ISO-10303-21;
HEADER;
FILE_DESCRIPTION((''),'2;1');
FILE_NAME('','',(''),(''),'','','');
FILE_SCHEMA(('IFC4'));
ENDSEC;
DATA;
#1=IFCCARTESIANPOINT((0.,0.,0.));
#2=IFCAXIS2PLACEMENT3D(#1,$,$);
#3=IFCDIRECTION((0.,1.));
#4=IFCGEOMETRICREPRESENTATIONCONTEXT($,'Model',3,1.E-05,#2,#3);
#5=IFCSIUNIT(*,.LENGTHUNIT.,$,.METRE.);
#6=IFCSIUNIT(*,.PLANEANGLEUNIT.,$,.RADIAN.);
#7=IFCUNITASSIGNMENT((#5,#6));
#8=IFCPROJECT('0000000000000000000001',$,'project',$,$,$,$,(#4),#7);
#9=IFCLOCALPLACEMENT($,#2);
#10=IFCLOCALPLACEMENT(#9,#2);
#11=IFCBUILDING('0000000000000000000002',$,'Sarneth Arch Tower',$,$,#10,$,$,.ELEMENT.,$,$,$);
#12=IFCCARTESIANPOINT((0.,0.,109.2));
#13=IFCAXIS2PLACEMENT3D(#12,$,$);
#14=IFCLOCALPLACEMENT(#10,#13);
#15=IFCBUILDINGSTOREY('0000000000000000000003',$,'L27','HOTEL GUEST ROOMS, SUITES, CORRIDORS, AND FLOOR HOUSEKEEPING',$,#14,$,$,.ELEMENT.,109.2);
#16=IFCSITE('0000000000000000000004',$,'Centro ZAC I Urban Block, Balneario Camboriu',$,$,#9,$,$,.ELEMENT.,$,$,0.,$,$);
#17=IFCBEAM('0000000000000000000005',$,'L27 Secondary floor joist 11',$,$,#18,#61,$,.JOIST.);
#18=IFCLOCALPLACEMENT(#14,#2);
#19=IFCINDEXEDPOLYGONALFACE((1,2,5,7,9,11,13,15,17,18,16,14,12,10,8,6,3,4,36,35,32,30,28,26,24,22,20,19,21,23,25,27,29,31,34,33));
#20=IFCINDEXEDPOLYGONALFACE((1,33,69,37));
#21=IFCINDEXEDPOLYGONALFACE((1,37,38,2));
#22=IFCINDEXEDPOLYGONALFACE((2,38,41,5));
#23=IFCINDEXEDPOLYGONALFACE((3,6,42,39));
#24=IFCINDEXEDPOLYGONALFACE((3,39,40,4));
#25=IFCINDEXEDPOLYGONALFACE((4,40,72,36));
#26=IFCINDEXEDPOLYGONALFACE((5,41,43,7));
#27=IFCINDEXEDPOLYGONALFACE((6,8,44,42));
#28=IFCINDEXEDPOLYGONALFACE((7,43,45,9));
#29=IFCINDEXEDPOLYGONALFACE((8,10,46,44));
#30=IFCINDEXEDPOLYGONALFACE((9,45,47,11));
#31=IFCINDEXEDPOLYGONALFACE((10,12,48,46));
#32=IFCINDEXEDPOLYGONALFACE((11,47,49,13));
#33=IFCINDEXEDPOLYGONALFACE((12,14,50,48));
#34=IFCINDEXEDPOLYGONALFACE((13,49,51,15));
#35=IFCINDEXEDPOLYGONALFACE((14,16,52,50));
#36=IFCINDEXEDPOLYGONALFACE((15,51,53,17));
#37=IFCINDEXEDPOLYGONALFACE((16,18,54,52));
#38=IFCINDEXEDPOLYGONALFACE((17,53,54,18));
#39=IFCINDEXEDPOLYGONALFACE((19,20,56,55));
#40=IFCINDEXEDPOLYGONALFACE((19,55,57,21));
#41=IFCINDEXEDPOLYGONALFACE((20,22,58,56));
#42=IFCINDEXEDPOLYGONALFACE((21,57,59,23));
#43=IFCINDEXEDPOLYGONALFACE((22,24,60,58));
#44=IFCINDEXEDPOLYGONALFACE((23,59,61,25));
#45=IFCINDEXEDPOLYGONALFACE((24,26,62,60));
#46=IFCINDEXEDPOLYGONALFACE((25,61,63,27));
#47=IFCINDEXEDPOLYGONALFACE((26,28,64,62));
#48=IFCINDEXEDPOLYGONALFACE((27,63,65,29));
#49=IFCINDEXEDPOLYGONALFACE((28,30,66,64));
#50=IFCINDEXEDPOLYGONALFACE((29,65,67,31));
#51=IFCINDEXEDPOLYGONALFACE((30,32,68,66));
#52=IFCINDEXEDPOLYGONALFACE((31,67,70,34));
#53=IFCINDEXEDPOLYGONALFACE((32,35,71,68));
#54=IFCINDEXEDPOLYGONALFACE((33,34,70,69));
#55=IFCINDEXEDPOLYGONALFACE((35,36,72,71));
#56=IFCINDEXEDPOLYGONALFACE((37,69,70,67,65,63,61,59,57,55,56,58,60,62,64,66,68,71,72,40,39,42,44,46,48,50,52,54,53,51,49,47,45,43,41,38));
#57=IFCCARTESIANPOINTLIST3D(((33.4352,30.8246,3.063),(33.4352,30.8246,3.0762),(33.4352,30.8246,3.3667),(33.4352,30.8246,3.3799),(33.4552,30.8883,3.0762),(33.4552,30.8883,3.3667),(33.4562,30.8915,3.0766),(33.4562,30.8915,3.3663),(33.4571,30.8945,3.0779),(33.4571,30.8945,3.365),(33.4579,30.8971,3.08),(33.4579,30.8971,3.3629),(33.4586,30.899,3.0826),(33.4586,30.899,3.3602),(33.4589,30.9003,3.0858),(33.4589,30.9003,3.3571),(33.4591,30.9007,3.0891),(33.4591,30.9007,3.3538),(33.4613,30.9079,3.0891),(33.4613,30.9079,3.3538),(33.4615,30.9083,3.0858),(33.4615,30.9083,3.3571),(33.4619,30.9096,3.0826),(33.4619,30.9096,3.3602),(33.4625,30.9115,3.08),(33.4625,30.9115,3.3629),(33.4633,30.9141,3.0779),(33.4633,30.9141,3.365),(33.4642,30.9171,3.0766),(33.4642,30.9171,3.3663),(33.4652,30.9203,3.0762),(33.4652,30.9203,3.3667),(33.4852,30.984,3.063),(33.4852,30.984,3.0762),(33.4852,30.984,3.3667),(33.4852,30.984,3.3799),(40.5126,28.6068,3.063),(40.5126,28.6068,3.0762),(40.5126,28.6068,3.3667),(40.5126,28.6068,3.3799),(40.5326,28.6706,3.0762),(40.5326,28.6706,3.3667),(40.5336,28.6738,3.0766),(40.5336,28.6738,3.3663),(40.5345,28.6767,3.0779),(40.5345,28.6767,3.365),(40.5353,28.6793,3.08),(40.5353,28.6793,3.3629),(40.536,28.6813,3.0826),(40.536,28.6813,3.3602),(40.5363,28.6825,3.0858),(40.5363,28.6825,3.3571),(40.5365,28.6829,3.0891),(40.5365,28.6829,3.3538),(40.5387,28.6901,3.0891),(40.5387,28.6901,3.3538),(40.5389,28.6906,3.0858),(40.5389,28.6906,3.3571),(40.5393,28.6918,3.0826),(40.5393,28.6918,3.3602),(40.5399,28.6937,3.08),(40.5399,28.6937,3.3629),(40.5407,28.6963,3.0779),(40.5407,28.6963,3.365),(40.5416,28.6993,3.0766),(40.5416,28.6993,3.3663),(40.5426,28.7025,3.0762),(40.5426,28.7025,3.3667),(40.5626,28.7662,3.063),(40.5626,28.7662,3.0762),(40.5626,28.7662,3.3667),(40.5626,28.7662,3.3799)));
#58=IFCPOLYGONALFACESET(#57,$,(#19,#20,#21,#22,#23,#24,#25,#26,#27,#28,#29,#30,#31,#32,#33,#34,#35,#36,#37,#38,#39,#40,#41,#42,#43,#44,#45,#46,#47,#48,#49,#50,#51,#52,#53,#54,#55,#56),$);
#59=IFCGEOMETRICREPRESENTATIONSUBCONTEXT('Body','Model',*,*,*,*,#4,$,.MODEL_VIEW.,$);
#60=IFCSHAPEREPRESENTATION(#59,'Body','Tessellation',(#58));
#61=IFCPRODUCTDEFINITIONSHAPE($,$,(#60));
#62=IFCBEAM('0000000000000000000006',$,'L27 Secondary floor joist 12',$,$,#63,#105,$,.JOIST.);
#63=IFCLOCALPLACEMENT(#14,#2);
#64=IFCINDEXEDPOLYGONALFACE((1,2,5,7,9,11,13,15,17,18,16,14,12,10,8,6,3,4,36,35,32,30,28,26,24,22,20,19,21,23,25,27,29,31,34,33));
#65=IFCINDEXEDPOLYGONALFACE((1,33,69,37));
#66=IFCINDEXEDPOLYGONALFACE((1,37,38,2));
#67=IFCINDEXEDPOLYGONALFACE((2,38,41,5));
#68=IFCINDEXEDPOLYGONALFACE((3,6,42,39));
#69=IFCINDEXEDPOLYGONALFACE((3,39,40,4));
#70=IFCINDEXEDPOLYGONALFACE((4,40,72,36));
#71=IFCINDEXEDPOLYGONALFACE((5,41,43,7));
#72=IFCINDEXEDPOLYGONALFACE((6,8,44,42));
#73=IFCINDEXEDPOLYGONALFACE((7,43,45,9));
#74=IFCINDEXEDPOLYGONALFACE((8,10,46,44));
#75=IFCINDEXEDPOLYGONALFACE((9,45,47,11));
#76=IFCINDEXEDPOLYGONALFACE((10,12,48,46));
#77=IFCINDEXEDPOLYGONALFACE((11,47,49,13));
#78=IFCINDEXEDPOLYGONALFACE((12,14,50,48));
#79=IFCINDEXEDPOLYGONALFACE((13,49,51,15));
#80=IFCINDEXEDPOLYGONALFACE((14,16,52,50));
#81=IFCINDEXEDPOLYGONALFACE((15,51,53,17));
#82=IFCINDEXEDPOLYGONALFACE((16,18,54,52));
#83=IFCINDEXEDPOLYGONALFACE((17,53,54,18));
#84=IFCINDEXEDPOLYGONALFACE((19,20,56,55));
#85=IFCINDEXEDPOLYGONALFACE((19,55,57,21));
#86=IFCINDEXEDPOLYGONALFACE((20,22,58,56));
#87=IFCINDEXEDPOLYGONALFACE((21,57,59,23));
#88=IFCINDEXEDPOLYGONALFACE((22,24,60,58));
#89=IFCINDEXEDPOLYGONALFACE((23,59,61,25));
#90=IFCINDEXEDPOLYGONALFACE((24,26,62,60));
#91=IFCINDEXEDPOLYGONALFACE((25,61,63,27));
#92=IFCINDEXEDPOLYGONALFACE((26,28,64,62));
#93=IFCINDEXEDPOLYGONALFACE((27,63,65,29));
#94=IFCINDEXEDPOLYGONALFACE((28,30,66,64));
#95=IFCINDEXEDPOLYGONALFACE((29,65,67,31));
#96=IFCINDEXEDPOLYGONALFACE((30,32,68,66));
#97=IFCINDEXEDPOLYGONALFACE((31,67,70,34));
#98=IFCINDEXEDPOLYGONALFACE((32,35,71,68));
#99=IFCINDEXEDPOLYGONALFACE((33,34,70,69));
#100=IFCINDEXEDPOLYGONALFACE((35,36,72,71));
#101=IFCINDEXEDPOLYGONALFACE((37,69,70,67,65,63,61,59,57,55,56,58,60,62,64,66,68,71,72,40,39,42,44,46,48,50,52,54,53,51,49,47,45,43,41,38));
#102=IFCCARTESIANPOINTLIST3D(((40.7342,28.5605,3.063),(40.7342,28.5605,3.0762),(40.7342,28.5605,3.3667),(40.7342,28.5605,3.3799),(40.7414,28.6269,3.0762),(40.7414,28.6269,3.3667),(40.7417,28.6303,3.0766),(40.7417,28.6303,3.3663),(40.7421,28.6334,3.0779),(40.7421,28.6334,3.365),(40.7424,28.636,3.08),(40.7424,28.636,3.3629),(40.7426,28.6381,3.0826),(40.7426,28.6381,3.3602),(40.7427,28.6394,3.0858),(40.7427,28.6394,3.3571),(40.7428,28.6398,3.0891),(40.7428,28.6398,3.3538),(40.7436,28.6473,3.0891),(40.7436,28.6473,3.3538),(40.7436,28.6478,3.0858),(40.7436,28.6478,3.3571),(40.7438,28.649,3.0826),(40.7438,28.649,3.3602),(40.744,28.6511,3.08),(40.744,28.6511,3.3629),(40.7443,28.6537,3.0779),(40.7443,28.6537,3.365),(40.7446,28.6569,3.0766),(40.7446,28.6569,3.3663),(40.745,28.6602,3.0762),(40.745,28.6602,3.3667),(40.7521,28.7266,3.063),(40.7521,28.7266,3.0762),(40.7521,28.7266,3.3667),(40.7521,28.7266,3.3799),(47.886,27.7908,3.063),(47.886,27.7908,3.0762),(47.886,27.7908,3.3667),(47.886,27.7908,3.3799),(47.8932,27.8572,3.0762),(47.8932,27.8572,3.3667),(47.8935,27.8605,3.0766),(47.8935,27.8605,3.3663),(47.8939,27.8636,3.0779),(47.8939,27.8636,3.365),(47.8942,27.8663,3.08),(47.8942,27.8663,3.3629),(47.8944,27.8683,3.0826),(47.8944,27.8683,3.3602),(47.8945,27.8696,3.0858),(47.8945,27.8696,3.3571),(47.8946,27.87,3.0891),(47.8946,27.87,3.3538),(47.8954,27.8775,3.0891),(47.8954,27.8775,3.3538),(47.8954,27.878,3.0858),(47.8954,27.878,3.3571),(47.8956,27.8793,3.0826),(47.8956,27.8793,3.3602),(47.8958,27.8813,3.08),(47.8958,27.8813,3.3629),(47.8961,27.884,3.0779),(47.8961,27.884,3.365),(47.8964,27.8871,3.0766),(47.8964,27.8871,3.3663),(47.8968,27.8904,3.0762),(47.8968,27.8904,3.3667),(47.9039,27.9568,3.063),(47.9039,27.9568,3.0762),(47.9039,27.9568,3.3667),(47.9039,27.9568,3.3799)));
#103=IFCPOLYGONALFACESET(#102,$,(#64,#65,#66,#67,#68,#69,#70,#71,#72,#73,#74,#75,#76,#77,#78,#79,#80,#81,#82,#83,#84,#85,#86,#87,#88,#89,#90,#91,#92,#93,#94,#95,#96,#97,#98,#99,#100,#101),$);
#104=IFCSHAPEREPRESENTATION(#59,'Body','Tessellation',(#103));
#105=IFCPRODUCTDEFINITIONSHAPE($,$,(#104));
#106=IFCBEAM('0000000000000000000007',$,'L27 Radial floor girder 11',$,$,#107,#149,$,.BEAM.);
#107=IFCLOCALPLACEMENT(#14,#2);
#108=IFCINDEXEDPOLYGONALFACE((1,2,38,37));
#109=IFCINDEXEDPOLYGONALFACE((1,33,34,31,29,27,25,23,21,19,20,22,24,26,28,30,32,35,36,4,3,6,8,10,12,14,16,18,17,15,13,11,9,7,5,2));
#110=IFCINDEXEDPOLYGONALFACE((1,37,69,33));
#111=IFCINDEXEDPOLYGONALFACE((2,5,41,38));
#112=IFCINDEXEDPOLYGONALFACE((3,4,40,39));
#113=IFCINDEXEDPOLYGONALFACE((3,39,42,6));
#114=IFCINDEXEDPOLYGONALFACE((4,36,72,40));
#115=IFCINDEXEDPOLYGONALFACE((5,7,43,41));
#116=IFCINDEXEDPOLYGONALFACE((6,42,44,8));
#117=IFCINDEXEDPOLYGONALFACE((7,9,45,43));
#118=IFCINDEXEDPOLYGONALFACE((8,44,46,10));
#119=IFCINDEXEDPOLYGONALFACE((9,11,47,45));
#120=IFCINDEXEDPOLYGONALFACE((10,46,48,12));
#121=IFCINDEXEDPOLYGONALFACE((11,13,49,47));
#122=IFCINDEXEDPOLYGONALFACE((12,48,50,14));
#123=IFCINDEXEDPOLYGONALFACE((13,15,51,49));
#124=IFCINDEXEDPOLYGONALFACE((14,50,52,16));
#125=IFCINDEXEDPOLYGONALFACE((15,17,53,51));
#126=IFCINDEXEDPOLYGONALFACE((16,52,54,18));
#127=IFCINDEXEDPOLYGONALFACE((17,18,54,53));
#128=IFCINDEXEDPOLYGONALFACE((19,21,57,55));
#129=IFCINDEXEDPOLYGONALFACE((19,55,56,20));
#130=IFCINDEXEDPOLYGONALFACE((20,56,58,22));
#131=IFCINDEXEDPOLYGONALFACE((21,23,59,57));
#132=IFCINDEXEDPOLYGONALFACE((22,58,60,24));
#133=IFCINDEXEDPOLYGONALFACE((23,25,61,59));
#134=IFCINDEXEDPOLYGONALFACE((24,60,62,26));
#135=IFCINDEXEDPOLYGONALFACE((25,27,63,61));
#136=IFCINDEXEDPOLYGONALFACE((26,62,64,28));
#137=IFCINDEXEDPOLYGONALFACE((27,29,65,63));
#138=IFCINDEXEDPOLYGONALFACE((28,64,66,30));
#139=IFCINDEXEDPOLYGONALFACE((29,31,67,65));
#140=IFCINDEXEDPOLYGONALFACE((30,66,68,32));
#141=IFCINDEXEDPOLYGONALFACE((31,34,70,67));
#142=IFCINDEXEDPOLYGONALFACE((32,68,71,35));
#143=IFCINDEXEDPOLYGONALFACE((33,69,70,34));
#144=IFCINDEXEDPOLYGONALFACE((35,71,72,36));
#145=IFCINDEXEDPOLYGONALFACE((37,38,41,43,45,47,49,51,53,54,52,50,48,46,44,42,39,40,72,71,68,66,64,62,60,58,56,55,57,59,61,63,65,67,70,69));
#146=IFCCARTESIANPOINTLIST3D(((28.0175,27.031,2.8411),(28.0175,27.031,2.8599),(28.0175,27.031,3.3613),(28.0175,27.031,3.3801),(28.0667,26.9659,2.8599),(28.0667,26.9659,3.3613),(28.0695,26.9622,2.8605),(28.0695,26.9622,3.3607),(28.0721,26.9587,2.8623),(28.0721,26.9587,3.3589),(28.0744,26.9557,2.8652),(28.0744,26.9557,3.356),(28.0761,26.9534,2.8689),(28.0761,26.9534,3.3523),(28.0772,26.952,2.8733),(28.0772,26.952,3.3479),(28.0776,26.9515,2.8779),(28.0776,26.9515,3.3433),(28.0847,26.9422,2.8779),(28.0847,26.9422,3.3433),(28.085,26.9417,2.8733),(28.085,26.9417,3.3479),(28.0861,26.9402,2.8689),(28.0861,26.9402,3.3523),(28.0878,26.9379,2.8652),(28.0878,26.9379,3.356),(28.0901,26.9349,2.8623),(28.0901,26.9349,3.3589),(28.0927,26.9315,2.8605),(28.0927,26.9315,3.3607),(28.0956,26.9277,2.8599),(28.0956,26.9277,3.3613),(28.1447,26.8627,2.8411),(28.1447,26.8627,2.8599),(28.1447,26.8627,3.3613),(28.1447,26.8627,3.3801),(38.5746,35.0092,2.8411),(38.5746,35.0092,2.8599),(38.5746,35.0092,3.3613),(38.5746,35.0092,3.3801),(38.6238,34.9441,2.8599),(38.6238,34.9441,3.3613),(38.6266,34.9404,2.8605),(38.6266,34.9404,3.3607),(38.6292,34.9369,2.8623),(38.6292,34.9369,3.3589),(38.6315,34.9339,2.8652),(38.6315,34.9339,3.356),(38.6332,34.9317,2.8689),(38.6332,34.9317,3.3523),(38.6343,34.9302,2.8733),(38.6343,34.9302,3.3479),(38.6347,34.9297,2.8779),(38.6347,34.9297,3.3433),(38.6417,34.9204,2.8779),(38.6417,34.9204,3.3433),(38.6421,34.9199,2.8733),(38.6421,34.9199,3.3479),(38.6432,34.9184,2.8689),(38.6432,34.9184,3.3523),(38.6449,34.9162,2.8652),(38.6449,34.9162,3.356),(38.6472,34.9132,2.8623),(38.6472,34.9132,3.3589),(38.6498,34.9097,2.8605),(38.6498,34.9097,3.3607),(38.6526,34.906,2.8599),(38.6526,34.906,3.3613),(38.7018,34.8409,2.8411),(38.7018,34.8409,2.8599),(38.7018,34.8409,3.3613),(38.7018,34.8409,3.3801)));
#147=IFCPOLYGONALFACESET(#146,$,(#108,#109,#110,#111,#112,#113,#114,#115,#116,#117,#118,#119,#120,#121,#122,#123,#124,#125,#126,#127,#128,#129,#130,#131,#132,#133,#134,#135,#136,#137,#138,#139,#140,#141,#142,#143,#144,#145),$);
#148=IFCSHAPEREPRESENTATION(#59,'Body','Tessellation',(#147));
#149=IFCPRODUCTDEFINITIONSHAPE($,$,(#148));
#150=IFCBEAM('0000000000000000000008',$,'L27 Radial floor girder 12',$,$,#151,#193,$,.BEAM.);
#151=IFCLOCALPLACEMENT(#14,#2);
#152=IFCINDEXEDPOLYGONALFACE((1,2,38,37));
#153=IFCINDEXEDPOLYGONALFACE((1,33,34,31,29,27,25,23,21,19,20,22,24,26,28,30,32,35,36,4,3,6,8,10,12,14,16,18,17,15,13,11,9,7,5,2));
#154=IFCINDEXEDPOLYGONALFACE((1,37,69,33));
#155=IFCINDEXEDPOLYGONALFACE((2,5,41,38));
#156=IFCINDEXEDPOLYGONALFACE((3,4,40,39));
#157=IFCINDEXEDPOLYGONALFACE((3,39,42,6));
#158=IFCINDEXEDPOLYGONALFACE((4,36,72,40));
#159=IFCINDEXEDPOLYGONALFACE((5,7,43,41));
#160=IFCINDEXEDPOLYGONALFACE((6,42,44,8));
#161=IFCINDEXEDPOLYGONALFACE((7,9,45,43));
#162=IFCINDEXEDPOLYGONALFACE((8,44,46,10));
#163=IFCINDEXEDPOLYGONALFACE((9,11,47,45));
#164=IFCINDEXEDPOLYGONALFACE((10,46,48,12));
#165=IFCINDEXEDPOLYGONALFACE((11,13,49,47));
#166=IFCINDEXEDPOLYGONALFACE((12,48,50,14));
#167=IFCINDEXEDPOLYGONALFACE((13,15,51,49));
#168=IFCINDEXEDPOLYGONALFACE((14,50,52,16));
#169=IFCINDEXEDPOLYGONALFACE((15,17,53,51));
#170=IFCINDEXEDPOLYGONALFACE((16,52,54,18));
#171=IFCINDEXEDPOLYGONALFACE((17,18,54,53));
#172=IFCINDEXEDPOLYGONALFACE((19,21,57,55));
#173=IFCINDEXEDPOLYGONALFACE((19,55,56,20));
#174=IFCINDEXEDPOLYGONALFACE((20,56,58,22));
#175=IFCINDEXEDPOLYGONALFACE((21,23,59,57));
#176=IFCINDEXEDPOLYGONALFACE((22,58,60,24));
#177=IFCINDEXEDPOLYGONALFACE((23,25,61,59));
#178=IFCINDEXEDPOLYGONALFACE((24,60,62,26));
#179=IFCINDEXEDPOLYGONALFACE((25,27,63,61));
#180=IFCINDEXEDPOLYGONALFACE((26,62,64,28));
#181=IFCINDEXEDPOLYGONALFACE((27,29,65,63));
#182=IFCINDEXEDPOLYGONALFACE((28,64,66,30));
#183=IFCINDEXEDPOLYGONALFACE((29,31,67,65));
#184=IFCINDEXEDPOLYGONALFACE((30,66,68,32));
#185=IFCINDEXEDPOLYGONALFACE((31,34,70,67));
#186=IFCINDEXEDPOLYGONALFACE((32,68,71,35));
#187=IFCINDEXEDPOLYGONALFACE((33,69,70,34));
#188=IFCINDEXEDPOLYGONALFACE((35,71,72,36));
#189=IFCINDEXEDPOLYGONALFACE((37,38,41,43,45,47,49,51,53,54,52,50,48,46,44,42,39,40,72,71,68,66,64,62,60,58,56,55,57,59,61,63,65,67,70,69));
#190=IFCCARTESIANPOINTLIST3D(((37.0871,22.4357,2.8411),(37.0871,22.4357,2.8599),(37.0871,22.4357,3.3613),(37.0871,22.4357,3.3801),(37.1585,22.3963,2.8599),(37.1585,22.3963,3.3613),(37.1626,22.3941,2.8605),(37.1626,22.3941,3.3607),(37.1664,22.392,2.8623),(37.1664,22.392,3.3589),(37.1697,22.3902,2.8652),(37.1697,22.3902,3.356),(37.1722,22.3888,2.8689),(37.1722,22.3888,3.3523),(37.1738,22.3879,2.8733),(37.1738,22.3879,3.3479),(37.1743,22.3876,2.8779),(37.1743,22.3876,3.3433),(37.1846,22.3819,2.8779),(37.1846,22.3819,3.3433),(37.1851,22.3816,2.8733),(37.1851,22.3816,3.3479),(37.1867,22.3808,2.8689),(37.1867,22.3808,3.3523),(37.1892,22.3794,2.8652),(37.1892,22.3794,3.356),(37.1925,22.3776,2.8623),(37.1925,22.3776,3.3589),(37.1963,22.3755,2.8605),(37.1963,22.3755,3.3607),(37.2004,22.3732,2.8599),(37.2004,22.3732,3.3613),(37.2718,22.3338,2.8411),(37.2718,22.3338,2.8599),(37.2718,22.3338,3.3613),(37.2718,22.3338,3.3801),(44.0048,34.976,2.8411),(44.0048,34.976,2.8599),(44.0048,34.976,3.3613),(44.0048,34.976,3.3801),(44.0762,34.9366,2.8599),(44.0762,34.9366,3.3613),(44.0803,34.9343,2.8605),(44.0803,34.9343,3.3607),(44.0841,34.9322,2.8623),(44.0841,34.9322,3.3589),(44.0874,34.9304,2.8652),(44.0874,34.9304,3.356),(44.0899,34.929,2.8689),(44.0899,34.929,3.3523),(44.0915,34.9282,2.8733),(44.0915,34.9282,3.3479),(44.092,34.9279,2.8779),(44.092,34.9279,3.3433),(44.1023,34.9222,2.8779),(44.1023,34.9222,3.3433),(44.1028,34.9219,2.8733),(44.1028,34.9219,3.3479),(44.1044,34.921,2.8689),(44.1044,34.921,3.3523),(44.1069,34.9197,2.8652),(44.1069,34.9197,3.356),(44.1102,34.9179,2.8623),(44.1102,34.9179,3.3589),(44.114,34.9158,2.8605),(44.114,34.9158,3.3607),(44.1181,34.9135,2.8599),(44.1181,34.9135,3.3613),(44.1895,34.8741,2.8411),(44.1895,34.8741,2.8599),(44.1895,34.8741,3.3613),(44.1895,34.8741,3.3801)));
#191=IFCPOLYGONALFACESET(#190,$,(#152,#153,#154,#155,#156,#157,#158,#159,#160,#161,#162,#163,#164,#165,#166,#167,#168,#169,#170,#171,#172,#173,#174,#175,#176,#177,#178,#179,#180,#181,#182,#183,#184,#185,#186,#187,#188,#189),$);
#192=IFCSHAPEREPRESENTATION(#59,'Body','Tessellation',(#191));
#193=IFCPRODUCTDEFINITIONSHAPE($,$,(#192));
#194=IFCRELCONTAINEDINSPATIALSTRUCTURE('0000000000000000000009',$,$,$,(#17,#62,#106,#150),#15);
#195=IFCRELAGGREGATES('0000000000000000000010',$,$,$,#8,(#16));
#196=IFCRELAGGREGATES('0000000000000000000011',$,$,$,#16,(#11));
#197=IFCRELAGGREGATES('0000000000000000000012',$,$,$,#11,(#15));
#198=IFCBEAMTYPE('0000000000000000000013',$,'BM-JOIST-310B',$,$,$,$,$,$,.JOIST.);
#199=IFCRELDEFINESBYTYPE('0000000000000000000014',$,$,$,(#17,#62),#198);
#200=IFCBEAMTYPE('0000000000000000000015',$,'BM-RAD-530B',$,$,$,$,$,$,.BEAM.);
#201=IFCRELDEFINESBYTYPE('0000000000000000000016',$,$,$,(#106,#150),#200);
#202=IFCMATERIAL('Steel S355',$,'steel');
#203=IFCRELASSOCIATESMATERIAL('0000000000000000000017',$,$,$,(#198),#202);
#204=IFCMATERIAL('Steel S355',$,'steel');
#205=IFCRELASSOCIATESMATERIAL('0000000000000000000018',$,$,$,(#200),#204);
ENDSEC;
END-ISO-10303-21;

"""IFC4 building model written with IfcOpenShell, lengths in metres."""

from ifc_helpers import new_model, si_unit, direction, frame, origin, origin_2d, place, context, subcontext, project, spatial, i_section, extrude, material, material_profile, profile_set, type_object, element, save


model = new_model("IFC4")

# Units and contexts
model_context = context("Model", 3, precision=1e-05, world=origin(), true_north=direction((0.0, 1.0)))
body_context = subcontext(model_context, "Body", "Model", "MODEL_VIEW")
ifc_project = project(units=[si_unit("LENGTHUNIT", "METRE"), si_unit("PLANEANGLEUNIT", "RADIAN")], contexts=[model_context])

# Site, building, storey
site_placement = place(None, origin())
site = spatial("IfcSite", under=ifc_project, at=site_placement, Name="Centro ZAC I Urban Block, Balneario Camboriu", CompositionType="ELEMENT", RefElevation=0.0)
building_placement = place(site_placement, origin())
building = spatial("IfcBuilding", under=site, at=building_placement, Name="Sarneth Arch Tower", CompositionType="ELEMENT")
storey_placement = place(building_placement, frame((0.0, 0.0, 109.2)))
storey = spatial("IfcBuildingStorey", under=building, at=storey_placement, Name="L27", Description="HOTEL GUEST ROOMS, SUITES, CORRIDORS, AND FLOOR HOUSEKEEPING", CompositionType="ELEMENT", Elevation=109.2)

# Beams
ifc_material_1 = material(Name="Steel S355", Category="steel")
ifc_material_profile_1 = material_profile(ifc_material_1, i_section(OverallWidth=0.167, OverallDepth=0.3169, WebThickness=0.0076, FlangeThickness=0.0132, FilletRadius=0.0129, at=origin_2d()), Name="W310x52")
ifc_profile_set_1 = profile_set([ifc_material_profile_1], Name="Steel S355")
beam_type_1 = type_object("IfcBeamType", Name="BM-JOIST-310B", PredefinedType="JOIST", material=ifc_profile_set_1)
beam_1_placement = place(storey_placement, frame((33.4602, 30.9043, 3.2214), z_axis=(0.954246, -0.299023, 0.0), x_axis=(0.299023, 0.954246, 0.0)))
element("IfcBeam", 1, at=beam_1_placement, inside=storey, type_object=beam_type_1, Name="L27 Secondary floor joist 11", PredefinedType="JOIST", context=body_context, shape_type="SweptSolid", body=[
    extrude(i_section(OverallWidth=0.167, OverallDepth=0.3169, WebThickness=0.0076, FlangeThickness=0.0132, FilletRadius=0.0129, at=origin_2d()), origin(), (0.0, 0.0, 1.0), 7.4167),
])
beam_2_placement = place(storey_placement, frame((40.7432, 28.6436, 3.2214), z_axis=(0.994257, -0.107015, 0.0), x_axis=(0.107015, 0.994257, 0.0)))
element("IfcBeam", 2, at=beam_2_placement, inside=storey, type_object=beam_type_1, Name="L27 Secondary floor joist 12", PredefinedType="JOIST", context=body_context, shape_type="SweptSolid", body=[
    extrude(i_section(OverallWidth=0.167, OverallDepth=0.3169, WebThickness=0.0076, FlangeThickness=0.0132, FilletRadius=0.0129, at=origin_2d()), origin(), (0.0, 0.0, 1.0), 7.1931),
])
ifc_material_2 = material(Name="Steel S355", Category="steel")
ifc_material_profile_2 = material_profile(ifc_material_2, i_section(OverallWidth=0.2109, OverallDepth=0.5391, WebThickness=0.0117, FlangeThickness=0.0188, FilletRadius=0.0181, at=origin_2d()), Name="W530x109")
ifc_profile_set_2 = profile_set([ifc_material_profile_2], Name="Steel S355")
beam_type_2 = type_object("IfcBeamType", Name="BM-RAD-530B", PredefinedType="BEAM", material=ifc_profile_set_2)
beam_3_placement = place(storey_placement, frame((38.6382, 34.925, 3.1106), z_axis=(-0.797803, -0.602918, 0.0), x_axis=(0.602918, -0.797803, 0.0)))
element("IfcBeam", 3, at=beam_3_placement, inside=storey, type_object=beam_type_2, Name="L27 Radial floor girder 11", PredefinedType="BEAM", context=body_context, shape_type="SweptSolid", body=[
    extrude(i_section(OverallWidth=0.2109, OverallDepth=0.5391, WebThickness=0.0117, FlangeThickness=0.0188, FilletRadius=0.0181, at=origin_2d()), origin(), (0.0, 0.0, 1.0), 13.2327),
])
beam_4_placement = place(storey_placement, frame((44.0972, 34.925, 3.1106), z_axis=(-0.483021, -0.875609, 0.0), x_axis=(0.875609, -0.483021, 0.0)))
element("IfcBeam", 4, at=beam_4_placement, inside=storey, type_object=beam_type_2, Name="L27 Radial floor girder 12", PredefinedType="BEAM", context=body_context, shape_type="SweptSolid", body=[
    extrude(i_section(OverallWidth=0.2109, OverallDepth=0.5391, WebThickness=0.0117, FlangeThickness=0.0188, FilletRadius=0.0181, at=origin_2d()), origin(), (0.0, 0.0, 1.0), 14.3218),
])

save(model, "model.ifc")
